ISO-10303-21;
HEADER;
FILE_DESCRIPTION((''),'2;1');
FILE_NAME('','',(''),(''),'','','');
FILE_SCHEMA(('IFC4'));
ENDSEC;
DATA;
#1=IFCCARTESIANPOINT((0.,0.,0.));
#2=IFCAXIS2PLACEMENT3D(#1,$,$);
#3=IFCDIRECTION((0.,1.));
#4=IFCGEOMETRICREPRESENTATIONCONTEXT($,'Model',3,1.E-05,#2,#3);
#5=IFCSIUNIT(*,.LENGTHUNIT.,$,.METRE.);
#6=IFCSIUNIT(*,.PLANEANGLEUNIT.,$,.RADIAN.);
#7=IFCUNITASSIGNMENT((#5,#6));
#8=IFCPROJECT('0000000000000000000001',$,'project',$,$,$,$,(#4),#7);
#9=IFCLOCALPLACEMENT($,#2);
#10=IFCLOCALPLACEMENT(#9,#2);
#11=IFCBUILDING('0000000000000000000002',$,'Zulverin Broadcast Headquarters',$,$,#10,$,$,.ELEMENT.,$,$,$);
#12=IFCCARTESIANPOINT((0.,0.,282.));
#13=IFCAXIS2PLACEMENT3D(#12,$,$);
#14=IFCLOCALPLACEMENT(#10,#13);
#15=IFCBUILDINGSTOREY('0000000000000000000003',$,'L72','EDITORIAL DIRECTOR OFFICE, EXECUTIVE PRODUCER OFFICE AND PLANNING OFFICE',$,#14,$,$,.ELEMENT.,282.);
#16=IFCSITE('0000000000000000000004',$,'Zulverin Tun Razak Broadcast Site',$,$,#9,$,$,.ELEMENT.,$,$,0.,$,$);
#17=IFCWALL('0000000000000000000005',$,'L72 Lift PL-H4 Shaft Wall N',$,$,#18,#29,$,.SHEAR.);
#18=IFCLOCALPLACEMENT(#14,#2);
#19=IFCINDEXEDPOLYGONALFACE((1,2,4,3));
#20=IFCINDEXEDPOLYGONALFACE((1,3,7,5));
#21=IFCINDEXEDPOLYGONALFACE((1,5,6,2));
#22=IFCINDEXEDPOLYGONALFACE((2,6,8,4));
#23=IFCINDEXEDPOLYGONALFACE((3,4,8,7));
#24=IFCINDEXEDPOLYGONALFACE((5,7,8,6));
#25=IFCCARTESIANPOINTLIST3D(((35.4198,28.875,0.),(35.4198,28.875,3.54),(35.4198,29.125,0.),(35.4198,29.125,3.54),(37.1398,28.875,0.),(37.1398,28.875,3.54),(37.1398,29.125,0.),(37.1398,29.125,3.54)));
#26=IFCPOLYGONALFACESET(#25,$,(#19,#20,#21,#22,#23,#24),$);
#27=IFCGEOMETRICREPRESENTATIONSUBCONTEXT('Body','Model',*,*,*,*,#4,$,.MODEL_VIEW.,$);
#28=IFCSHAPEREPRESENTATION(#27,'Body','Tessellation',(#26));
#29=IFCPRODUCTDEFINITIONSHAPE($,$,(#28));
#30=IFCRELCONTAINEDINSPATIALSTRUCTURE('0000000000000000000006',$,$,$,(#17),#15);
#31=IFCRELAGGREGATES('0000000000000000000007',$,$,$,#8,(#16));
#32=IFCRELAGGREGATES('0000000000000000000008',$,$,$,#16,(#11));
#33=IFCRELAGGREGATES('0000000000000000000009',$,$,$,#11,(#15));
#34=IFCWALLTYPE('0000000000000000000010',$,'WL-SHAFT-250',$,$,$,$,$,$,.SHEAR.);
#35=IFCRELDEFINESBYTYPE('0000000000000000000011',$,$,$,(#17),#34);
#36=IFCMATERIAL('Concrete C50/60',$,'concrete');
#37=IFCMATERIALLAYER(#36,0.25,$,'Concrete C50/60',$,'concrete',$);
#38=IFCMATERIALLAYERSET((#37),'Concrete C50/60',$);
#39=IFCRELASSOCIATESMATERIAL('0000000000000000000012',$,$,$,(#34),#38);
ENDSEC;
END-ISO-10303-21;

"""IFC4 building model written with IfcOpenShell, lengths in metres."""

from ifc_helpers import new_model, si_unit, direction, frame, frame_2d, origin, place, context, subcontext, project, spatial, rectangle, extrude, material, layer, layer_set, type_object, element, save


model = new_model("IFC4")

# Units and contexts
model_context = context("Model", 3, precision=1e-05, world=origin(), true_north=direction((0.0, 1.0)))
body_context = subcontext(model_context, "Body", "Model", "MODEL_VIEW")
ifc_project = project(units=[si_unit("LENGTHUNIT", "METRE"), si_unit("PLANEANGLEUNIT", "RADIAN")], contexts=[model_context])

# Site, building, storey
site_placement = place(None, origin())
site = spatial("IfcSite", under=ifc_project, at=site_placement, Name="Zulverin Tun Razak Broadcast Site", CompositionType="ELEMENT", RefElevation=0.0)
building_placement = place(site_placement, origin())
building = spatial("IfcBuilding", under=site, at=building_placement, Name="Zulverin Broadcast Headquarters", CompositionType="ELEMENT")
storey_placement = place(building_placement, frame((0.0, 0.0, 282.0)))
storey = spatial("IfcBuildingStorey", under=building, at=storey_placement, Name="L72", Description="EDITORIAL DIRECTOR OFFICE, EXECUTIVE PRODUCER OFFICE AND PLANNING OFFICE", CompositionType="ELEMENT", Elevation=282.0)

# Shared definitions
ifc_material_1 = material(Name="Concrete C50/60", Category="concrete")
ifc_layer_1 = layer(ifc_material_1, 0.25, Name="Concrete C50/60", Category="concrete")
ifc_layer_set_1 = layer_set([ifc_layer_1], Name="Concrete C50/60")
wall_type_1 = type_object("IfcWallType", Name="WL-SHAFT-250", PredefinedType="SHEAR", material=ifc_layer_set_1)

# Wall
wall_1_placement = place(storey_placement, frame((35.4199, 29.0, 0.0), z_axis=(0.0, 0.0, 1.0), x_axis=(1.0, 0.0, 0.0)))
element("IfcWall", 1, at=wall_1_placement, inside=storey, type_object=wall_type_1, Name="L72 Lift PL-H4 Shaft Wall N", PredefinedType="SHEAR", context=body_context, shape_type="SweptSolid", body=[
    extrude(rectangle(XDim=1.72, YDim=0.25, at=frame_2d((0.8599, 0.0))), origin(), (0.0, 0.0, 1.0), 3.54),
])

save(model, "model.ifc")
